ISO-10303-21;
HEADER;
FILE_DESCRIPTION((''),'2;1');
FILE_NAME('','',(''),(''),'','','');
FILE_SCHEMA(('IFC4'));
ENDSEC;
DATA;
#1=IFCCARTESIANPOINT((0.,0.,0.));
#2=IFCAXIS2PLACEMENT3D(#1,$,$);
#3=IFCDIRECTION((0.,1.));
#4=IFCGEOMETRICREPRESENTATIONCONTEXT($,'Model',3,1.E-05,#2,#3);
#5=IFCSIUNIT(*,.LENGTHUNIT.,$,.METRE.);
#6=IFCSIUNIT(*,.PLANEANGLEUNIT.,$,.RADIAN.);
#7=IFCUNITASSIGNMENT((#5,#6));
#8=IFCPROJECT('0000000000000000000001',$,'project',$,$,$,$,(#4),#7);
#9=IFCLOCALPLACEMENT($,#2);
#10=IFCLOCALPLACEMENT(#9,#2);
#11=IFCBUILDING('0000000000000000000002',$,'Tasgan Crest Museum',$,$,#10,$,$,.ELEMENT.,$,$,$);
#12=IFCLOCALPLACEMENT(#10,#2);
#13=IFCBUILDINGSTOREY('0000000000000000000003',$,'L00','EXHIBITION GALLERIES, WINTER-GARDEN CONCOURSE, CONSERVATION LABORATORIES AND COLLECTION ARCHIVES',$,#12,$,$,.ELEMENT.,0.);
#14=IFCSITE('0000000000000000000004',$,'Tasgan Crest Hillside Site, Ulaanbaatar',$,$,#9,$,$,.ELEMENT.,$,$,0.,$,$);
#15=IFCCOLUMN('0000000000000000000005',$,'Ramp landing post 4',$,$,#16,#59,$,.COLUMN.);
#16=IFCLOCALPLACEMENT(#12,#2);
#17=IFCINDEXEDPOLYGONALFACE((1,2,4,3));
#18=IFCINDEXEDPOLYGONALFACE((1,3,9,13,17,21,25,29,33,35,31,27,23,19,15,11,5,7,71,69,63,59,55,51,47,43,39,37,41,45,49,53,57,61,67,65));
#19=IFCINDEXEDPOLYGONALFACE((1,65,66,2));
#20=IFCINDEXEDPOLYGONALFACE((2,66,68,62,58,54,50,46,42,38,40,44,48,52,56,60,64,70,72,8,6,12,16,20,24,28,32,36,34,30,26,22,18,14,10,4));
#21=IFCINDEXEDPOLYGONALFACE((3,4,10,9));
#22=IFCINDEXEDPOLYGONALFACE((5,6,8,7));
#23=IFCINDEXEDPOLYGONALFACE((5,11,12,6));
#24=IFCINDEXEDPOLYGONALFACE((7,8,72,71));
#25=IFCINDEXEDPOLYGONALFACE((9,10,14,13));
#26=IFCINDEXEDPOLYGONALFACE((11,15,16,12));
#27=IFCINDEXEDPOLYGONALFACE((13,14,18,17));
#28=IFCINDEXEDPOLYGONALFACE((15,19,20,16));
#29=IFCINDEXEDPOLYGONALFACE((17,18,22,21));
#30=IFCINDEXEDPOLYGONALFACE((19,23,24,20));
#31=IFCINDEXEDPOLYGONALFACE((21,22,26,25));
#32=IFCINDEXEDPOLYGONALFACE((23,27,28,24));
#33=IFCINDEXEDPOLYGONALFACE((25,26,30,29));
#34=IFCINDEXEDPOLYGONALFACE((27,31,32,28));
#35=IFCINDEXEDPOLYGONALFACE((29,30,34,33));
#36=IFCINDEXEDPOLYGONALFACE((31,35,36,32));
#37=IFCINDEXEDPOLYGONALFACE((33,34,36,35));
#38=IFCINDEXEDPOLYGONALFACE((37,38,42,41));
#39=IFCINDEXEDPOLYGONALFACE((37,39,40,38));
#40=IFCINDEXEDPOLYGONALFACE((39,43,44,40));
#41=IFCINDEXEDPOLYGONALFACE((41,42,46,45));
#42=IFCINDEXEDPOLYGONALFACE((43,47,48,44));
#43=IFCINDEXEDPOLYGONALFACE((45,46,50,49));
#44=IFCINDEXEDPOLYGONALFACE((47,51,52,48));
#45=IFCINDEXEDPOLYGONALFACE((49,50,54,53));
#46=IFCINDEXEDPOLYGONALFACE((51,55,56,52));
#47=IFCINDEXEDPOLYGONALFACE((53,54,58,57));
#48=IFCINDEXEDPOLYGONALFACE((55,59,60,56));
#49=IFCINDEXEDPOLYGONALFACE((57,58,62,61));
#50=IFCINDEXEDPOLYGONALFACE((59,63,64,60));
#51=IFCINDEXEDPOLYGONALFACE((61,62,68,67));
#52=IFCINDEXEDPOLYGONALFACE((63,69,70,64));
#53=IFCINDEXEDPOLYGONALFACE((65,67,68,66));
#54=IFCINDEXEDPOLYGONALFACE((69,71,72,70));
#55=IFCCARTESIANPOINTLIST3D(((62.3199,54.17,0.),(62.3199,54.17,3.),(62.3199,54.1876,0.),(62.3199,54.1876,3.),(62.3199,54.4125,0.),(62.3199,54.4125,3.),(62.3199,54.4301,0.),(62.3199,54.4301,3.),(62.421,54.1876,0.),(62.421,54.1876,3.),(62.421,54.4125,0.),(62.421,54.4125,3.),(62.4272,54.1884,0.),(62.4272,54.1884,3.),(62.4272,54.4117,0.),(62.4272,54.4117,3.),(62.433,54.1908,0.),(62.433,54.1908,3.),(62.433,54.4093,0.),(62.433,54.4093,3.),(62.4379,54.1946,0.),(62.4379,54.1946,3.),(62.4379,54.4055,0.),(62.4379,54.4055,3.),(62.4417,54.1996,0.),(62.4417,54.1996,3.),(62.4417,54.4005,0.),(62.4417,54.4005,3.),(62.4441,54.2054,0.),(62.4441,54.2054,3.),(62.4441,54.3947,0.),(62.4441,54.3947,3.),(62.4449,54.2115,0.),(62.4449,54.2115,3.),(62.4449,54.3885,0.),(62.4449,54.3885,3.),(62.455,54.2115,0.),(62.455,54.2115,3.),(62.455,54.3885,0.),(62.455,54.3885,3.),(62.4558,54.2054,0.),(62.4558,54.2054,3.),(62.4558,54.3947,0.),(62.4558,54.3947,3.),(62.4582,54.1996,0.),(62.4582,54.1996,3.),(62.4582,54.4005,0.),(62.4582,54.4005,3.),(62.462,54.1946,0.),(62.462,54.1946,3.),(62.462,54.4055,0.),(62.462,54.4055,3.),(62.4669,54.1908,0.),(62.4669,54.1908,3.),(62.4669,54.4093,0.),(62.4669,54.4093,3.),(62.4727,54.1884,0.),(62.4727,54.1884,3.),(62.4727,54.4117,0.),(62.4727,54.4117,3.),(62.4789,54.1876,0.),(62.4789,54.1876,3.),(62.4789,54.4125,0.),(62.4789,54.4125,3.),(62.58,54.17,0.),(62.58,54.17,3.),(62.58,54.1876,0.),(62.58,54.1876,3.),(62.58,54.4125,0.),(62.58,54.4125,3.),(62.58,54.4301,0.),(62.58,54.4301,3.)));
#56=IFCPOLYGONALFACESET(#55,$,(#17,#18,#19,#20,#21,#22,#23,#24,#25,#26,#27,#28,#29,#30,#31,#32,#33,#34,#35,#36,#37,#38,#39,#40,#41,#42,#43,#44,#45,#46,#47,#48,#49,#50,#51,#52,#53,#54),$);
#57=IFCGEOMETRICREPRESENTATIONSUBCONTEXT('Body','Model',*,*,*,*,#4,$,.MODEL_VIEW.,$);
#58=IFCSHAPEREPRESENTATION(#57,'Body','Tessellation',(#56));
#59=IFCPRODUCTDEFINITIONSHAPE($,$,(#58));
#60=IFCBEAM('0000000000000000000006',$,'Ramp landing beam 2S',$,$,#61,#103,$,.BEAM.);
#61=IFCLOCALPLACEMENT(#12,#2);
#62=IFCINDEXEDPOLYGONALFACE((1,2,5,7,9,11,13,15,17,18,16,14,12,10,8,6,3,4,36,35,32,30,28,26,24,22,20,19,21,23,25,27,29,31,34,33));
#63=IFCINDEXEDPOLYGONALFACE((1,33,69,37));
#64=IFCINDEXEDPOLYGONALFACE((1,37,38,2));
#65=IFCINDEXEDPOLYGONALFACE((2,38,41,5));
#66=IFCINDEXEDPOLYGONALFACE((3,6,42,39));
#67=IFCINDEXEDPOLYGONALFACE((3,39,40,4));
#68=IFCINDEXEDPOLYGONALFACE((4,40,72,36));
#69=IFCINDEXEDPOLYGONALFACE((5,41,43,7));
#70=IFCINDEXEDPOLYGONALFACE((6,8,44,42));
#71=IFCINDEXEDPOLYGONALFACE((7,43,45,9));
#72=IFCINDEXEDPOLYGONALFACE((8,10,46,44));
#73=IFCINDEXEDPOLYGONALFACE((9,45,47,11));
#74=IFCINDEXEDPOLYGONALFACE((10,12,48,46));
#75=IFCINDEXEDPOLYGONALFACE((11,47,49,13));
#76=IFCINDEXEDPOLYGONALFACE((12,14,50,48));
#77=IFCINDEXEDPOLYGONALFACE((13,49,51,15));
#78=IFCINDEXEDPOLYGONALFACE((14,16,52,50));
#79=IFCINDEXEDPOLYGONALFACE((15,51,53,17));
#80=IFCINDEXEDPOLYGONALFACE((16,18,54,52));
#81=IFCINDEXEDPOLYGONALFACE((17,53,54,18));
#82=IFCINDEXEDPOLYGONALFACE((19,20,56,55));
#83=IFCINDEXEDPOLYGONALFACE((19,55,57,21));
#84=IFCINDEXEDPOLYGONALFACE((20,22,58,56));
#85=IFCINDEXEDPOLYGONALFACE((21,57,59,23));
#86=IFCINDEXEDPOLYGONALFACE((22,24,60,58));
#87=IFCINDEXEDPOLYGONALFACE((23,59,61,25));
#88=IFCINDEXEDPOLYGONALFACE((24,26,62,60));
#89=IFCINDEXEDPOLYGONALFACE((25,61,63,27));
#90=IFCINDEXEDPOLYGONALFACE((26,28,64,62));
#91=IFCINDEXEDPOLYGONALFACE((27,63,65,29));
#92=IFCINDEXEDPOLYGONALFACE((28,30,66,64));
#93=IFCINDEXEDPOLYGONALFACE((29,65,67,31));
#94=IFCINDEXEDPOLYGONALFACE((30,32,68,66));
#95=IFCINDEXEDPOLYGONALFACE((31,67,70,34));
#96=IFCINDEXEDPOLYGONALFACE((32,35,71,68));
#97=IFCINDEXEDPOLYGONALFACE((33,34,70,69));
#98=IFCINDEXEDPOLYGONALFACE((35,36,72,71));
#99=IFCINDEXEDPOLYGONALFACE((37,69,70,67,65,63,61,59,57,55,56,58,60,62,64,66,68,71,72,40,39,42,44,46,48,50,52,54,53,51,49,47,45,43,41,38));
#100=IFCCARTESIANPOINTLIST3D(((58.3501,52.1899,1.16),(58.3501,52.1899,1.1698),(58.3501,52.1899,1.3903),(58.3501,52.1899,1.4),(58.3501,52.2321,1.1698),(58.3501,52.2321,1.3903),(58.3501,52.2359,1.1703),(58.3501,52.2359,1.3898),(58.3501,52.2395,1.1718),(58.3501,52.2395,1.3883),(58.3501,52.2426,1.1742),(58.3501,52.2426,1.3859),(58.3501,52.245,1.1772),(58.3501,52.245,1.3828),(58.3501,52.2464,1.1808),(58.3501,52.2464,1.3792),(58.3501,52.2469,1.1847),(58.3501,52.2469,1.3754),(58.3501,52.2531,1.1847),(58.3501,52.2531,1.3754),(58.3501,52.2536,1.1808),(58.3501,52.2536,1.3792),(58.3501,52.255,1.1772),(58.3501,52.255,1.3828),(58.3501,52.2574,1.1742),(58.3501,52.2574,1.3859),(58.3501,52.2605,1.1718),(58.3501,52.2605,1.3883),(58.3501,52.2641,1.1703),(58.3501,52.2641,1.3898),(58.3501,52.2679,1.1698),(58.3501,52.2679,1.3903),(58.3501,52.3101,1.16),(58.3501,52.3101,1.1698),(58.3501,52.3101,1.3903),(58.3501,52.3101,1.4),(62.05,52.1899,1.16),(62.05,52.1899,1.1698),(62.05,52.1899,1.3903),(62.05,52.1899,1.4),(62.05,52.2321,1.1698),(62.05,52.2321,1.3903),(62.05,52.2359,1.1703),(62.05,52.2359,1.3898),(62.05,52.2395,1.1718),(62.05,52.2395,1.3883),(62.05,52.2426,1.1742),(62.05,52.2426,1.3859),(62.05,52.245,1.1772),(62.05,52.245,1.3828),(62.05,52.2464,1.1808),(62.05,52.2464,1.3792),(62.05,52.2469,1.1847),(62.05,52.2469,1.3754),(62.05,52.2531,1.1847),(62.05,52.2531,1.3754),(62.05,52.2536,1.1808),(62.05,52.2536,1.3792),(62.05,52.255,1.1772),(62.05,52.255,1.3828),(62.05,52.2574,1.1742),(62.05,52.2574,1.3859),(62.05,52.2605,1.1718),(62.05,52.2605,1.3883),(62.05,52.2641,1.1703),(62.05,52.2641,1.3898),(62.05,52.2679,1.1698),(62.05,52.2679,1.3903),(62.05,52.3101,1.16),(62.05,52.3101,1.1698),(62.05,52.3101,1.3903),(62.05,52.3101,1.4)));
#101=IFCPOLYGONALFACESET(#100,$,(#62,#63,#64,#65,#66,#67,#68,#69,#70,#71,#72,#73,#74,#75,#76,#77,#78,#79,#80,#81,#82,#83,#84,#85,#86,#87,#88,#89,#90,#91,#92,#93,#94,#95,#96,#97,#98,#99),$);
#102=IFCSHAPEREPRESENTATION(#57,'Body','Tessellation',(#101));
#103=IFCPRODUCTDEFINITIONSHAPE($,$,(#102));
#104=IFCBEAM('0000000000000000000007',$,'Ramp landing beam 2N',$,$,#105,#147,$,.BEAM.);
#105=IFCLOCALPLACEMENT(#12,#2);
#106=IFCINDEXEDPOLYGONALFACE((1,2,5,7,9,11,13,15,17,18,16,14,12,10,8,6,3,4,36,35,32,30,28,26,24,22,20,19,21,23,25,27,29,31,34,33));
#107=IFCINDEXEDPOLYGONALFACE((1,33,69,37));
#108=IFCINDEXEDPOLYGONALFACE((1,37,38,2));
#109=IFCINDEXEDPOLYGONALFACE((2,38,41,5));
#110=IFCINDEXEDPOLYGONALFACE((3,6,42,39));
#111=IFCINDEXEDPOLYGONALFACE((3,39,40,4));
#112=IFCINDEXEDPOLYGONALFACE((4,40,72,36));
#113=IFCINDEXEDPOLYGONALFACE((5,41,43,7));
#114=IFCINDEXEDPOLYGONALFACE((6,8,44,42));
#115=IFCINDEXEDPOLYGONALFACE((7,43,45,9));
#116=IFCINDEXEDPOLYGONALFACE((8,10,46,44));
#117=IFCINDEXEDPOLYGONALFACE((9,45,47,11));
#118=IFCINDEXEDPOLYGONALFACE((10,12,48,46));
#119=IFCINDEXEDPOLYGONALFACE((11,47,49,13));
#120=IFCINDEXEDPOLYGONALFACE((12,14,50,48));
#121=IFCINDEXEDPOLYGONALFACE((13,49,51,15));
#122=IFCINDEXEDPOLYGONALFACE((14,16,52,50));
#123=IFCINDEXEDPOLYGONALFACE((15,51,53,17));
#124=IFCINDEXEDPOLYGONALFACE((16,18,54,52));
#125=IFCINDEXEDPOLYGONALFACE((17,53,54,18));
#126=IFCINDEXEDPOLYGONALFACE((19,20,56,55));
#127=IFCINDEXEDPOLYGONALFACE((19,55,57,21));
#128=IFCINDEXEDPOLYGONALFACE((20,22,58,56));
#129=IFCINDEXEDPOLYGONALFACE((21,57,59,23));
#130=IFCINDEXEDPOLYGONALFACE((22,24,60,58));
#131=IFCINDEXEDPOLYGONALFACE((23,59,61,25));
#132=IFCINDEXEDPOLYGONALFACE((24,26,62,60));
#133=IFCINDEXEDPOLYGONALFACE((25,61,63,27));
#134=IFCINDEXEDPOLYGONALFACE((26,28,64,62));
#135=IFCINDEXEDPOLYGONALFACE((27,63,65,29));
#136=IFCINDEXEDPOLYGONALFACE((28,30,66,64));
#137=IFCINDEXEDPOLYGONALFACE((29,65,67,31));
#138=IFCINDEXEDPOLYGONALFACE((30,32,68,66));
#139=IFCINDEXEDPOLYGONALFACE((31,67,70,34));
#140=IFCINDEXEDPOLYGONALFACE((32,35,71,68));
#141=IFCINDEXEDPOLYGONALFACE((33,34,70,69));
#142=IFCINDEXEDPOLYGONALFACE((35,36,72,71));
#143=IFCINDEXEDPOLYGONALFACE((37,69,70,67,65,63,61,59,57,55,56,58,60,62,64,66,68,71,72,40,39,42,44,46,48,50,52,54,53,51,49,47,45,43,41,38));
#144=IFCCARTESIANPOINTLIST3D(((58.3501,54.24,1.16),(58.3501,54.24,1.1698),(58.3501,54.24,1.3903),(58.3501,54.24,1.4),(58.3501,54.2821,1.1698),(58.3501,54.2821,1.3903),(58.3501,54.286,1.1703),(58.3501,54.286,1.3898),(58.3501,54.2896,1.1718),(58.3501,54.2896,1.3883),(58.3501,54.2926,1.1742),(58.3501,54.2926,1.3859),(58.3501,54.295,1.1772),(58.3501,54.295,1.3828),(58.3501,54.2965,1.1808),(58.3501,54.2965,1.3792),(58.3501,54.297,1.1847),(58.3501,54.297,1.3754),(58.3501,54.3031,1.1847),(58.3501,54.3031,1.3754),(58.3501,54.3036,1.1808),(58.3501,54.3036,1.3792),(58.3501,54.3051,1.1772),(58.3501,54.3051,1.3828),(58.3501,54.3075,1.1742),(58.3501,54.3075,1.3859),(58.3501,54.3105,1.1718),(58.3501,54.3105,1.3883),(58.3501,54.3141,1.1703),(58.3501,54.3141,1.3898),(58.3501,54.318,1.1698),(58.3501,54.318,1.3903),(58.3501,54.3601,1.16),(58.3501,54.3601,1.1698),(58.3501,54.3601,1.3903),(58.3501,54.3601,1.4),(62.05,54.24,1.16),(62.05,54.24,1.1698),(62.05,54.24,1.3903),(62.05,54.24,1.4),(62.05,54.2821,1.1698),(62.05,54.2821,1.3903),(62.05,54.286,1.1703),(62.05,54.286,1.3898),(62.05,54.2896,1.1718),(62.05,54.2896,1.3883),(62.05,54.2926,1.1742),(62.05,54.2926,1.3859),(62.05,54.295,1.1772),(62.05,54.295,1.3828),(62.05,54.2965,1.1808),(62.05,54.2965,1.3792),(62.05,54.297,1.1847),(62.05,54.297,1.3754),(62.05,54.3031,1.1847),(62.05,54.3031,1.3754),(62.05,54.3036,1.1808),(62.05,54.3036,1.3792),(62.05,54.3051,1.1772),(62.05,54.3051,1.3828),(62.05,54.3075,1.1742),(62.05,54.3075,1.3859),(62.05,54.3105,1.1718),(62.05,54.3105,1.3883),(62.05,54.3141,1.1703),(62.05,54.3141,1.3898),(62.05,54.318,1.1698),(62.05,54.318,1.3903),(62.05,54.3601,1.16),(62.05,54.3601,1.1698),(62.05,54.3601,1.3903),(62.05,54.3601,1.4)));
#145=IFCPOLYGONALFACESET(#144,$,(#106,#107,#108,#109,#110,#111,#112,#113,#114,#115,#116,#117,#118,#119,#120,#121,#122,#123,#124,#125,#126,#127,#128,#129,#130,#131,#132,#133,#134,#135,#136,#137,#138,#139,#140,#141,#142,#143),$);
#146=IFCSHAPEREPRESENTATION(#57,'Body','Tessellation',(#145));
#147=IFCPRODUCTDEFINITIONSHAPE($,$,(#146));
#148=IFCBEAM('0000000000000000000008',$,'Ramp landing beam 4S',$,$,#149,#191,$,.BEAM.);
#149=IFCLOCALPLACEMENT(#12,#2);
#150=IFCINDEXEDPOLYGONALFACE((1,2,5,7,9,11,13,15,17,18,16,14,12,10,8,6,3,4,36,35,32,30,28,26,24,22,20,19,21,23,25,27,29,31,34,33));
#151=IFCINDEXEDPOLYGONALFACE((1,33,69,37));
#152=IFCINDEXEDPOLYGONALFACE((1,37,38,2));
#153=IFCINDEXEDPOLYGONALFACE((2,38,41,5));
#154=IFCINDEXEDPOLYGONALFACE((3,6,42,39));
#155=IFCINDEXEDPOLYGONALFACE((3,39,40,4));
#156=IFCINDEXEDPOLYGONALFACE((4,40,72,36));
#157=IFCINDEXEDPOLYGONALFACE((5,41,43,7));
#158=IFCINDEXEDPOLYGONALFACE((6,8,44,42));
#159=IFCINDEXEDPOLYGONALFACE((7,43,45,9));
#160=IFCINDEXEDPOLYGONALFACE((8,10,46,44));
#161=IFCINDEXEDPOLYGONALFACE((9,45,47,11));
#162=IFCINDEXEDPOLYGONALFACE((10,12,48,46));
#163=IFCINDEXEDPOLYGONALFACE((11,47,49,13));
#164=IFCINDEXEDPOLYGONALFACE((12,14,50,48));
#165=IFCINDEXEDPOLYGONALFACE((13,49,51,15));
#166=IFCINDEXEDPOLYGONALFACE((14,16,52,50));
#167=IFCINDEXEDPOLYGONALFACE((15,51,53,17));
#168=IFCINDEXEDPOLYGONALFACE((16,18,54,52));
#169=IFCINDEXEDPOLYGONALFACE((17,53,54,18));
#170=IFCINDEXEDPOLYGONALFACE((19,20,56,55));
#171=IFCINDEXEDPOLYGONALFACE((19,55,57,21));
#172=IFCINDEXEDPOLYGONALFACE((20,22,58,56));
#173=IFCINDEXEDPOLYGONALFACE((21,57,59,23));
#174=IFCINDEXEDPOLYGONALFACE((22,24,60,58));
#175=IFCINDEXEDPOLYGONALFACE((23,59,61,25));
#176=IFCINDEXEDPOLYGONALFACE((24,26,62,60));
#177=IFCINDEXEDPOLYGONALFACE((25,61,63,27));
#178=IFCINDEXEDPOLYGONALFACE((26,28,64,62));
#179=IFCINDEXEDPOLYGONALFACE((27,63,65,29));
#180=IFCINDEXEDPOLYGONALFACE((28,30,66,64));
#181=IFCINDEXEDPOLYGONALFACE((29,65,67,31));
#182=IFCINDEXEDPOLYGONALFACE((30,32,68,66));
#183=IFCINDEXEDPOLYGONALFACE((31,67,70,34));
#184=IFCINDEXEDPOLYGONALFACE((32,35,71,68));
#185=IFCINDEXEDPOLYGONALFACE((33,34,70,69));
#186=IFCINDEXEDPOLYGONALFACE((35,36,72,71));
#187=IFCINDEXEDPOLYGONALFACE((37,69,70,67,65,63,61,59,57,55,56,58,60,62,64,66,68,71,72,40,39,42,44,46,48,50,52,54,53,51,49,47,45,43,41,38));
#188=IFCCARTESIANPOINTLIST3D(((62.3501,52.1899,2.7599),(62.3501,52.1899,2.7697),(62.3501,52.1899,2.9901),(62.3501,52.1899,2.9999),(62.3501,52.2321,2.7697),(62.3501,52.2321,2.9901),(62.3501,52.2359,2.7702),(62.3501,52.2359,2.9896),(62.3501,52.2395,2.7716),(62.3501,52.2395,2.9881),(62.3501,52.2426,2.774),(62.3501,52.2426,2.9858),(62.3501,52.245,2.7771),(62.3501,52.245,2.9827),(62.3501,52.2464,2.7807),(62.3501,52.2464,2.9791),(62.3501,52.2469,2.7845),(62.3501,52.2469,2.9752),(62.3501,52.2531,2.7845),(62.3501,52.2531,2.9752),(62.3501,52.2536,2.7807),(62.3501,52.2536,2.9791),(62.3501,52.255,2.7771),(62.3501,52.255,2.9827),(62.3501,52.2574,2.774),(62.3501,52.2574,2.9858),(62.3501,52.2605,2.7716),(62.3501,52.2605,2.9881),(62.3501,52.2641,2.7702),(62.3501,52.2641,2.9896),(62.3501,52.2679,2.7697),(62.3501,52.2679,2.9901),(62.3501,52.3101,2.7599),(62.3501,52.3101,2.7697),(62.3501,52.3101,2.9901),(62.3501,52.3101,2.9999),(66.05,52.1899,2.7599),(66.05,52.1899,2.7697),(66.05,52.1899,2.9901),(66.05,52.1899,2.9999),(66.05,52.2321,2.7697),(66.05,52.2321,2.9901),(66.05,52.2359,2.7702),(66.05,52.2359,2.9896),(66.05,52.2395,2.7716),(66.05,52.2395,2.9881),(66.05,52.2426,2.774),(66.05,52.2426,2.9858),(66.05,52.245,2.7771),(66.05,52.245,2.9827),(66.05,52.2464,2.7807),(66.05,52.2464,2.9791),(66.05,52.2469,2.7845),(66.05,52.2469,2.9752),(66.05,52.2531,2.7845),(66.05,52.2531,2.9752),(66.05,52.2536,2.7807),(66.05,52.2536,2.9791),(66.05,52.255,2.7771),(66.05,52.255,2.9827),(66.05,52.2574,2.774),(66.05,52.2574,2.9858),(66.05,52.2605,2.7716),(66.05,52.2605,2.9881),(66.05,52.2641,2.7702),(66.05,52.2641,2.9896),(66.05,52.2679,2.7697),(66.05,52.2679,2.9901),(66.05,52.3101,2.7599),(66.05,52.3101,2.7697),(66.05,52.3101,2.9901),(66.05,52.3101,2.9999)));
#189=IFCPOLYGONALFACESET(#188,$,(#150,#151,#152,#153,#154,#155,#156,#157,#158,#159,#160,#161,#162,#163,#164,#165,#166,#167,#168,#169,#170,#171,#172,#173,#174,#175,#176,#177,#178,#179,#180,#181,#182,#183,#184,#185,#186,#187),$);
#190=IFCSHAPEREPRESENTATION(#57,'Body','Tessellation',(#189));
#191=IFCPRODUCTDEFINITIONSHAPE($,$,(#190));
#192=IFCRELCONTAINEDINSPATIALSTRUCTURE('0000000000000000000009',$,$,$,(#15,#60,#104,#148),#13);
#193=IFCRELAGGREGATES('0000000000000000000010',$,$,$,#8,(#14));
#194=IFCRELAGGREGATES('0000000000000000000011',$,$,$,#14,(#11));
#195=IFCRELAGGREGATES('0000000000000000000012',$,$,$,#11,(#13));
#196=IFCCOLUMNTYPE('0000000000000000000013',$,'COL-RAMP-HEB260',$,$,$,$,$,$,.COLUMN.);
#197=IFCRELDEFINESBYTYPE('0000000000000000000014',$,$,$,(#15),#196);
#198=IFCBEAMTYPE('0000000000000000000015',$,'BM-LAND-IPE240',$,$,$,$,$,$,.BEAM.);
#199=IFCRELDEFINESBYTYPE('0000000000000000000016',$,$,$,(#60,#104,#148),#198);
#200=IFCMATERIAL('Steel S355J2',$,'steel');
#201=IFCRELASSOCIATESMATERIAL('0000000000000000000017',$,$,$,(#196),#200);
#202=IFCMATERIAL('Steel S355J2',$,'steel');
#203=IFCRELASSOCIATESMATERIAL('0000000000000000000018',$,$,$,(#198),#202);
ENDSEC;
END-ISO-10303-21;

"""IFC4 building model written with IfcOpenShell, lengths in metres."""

from ifc_helpers import new_model, si_unit, direction, frame, origin, origin_2d, place, context, subcontext, project, spatial, i_section, extrude, material, material_profile, profile_set, type_object, element, save


model = new_model("IFC4")

# Units and contexts
model_context = context("Model", 3, precision=1e-05, world=origin(), true_north=direction((0.0, 1.0)))
body_context = subcontext(model_context, "Body", "Model", "MODEL_VIEW")
ifc_project = project(units=[si_unit("LENGTHUNIT", "METRE"), si_unit("PLANEANGLEUNIT", "RADIAN")], contexts=[model_context])

# Site, building, storey
site_placement = place(None, origin())
site = spatial("IfcSite", under=ifc_project, at=site_placement, Name="Tasgan Crest Hillside Site, Ulaanbaatar", CompositionType="ELEMENT", RefElevation=0.0)
building_placement = place(site_placement, origin())
building = spatial("IfcBuilding", under=site, at=building_placement, Name="Tasgan Crest Museum", CompositionType="ELEMENT")
storey_placement = place(building_placement, origin())
storey = spatial("IfcBuildingStorey", under=building, at=storey_placement, Name="L00", Description="EXHIBITION GALLERIES, WINTER-GARDEN CONCOURSE, CONSERVATION LABORATORIES AND COLLECTION ARCHIVES", CompositionType="ELEMENT", Elevation=0.0)

# Column
ifc_material_1 = material(Name="Steel S355J2", Category="steel")
ifc_material_profile_1 = material_profile(ifc_material_1, i_section(OverallWidth=0.26, OverallDepth=0.26, WebThickness=0.01, FlangeThickness=0.0176, FilletRadius=0.0239, at=origin_2d()), Name="HEB 260")
ifc_profile_set_1 = profile_set([ifc_material_profile_1], Name="Steel S355J2")
column_type_1 = type_object("IfcColumnType", Name="COL-RAMP-HEB260", PredefinedType="COLUMN", material=ifc_profile_set_1)
for number, where, z_axis, x_axis, name in (
    (1, (62.45, 54.3, 0.0), (0.0, 0.0, 1.0), (1.0, 0.0, 0.0), "Ramp landing post 4"),
):
    element("IfcColumn", number, at=place(storey_placement, frame(where, z_axis=z_axis, x_axis=x_axis)), inside=storey, type_object=column_type_1, Name=name, PredefinedType="COLUMN", context=body_context, shape_type="SweptSolid", body=[
        extrude(i_section(OverallWidth=0.26, OverallDepth=0.26, WebThickness=0.01, FlangeThickness=0.0176, FilletRadius=0.0239, at=origin_2d()), origin(), (0.0, 0.0, 1.0), 3.0),
    ])

# Beams
ifc_material_2 = material(Name="Steel S355J2", Category="steel")
ifc_material_profile_2 = material_profile(ifc_material_2, i_section(OverallWidth=0.1201, OverallDepth=0.24, WebThickness=0.0061, FlangeThickness=0.0098, FilletRadius=0.0149, at=origin_2d()), Name="IPE 240")
ifc_profile_set_2 = profile_set([ifc_material_profile_2], Name="Steel S355J2")
beam_type = type_object("IfcBeamType", Name="BM-LAND-IPE240", PredefinedType="BEAM", material=ifc_profile_set_2)
for number, where, z_axis, x_axis, name in (
    (2, (58.3501, 52.25, 1.28), (1.0, 0.0, 0.0), (0.0, 1.0, 0.0), "Ramp landing beam 2S"),
    (3, (58.3501, 54.3, 1.28), (1.0, 0.0, 0.0), (0.0, 1.0, 0.0), "Ramp landing beam 2N"),
    (4, (62.3501, 52.25, 2.8799), (1.0, 0.0, 0.0), (0.0, 1.0, 0.0), "Ramp landing beam 4S"),
):
    element("IfcBeam", number, at=place(storey_placement, frame(where, z_axis=z_axis, x_axis=x_axis)), inside=storey, type_object=beam_type, Name=name, PredefinedType="BEAM", context=body_context, shape_type="SweptSolid", body=[
        extrude(i_section(OverallWidth=0.1201, OverallDepth=0.24, WebThickness=0.0061, FlangeThickness=0.0098, FilletRadius=0.0149, at=origin_2d()), origin(), (0.0, 0.0, 1.0), 3.7),
    ])

save(model, "model.ifc")
